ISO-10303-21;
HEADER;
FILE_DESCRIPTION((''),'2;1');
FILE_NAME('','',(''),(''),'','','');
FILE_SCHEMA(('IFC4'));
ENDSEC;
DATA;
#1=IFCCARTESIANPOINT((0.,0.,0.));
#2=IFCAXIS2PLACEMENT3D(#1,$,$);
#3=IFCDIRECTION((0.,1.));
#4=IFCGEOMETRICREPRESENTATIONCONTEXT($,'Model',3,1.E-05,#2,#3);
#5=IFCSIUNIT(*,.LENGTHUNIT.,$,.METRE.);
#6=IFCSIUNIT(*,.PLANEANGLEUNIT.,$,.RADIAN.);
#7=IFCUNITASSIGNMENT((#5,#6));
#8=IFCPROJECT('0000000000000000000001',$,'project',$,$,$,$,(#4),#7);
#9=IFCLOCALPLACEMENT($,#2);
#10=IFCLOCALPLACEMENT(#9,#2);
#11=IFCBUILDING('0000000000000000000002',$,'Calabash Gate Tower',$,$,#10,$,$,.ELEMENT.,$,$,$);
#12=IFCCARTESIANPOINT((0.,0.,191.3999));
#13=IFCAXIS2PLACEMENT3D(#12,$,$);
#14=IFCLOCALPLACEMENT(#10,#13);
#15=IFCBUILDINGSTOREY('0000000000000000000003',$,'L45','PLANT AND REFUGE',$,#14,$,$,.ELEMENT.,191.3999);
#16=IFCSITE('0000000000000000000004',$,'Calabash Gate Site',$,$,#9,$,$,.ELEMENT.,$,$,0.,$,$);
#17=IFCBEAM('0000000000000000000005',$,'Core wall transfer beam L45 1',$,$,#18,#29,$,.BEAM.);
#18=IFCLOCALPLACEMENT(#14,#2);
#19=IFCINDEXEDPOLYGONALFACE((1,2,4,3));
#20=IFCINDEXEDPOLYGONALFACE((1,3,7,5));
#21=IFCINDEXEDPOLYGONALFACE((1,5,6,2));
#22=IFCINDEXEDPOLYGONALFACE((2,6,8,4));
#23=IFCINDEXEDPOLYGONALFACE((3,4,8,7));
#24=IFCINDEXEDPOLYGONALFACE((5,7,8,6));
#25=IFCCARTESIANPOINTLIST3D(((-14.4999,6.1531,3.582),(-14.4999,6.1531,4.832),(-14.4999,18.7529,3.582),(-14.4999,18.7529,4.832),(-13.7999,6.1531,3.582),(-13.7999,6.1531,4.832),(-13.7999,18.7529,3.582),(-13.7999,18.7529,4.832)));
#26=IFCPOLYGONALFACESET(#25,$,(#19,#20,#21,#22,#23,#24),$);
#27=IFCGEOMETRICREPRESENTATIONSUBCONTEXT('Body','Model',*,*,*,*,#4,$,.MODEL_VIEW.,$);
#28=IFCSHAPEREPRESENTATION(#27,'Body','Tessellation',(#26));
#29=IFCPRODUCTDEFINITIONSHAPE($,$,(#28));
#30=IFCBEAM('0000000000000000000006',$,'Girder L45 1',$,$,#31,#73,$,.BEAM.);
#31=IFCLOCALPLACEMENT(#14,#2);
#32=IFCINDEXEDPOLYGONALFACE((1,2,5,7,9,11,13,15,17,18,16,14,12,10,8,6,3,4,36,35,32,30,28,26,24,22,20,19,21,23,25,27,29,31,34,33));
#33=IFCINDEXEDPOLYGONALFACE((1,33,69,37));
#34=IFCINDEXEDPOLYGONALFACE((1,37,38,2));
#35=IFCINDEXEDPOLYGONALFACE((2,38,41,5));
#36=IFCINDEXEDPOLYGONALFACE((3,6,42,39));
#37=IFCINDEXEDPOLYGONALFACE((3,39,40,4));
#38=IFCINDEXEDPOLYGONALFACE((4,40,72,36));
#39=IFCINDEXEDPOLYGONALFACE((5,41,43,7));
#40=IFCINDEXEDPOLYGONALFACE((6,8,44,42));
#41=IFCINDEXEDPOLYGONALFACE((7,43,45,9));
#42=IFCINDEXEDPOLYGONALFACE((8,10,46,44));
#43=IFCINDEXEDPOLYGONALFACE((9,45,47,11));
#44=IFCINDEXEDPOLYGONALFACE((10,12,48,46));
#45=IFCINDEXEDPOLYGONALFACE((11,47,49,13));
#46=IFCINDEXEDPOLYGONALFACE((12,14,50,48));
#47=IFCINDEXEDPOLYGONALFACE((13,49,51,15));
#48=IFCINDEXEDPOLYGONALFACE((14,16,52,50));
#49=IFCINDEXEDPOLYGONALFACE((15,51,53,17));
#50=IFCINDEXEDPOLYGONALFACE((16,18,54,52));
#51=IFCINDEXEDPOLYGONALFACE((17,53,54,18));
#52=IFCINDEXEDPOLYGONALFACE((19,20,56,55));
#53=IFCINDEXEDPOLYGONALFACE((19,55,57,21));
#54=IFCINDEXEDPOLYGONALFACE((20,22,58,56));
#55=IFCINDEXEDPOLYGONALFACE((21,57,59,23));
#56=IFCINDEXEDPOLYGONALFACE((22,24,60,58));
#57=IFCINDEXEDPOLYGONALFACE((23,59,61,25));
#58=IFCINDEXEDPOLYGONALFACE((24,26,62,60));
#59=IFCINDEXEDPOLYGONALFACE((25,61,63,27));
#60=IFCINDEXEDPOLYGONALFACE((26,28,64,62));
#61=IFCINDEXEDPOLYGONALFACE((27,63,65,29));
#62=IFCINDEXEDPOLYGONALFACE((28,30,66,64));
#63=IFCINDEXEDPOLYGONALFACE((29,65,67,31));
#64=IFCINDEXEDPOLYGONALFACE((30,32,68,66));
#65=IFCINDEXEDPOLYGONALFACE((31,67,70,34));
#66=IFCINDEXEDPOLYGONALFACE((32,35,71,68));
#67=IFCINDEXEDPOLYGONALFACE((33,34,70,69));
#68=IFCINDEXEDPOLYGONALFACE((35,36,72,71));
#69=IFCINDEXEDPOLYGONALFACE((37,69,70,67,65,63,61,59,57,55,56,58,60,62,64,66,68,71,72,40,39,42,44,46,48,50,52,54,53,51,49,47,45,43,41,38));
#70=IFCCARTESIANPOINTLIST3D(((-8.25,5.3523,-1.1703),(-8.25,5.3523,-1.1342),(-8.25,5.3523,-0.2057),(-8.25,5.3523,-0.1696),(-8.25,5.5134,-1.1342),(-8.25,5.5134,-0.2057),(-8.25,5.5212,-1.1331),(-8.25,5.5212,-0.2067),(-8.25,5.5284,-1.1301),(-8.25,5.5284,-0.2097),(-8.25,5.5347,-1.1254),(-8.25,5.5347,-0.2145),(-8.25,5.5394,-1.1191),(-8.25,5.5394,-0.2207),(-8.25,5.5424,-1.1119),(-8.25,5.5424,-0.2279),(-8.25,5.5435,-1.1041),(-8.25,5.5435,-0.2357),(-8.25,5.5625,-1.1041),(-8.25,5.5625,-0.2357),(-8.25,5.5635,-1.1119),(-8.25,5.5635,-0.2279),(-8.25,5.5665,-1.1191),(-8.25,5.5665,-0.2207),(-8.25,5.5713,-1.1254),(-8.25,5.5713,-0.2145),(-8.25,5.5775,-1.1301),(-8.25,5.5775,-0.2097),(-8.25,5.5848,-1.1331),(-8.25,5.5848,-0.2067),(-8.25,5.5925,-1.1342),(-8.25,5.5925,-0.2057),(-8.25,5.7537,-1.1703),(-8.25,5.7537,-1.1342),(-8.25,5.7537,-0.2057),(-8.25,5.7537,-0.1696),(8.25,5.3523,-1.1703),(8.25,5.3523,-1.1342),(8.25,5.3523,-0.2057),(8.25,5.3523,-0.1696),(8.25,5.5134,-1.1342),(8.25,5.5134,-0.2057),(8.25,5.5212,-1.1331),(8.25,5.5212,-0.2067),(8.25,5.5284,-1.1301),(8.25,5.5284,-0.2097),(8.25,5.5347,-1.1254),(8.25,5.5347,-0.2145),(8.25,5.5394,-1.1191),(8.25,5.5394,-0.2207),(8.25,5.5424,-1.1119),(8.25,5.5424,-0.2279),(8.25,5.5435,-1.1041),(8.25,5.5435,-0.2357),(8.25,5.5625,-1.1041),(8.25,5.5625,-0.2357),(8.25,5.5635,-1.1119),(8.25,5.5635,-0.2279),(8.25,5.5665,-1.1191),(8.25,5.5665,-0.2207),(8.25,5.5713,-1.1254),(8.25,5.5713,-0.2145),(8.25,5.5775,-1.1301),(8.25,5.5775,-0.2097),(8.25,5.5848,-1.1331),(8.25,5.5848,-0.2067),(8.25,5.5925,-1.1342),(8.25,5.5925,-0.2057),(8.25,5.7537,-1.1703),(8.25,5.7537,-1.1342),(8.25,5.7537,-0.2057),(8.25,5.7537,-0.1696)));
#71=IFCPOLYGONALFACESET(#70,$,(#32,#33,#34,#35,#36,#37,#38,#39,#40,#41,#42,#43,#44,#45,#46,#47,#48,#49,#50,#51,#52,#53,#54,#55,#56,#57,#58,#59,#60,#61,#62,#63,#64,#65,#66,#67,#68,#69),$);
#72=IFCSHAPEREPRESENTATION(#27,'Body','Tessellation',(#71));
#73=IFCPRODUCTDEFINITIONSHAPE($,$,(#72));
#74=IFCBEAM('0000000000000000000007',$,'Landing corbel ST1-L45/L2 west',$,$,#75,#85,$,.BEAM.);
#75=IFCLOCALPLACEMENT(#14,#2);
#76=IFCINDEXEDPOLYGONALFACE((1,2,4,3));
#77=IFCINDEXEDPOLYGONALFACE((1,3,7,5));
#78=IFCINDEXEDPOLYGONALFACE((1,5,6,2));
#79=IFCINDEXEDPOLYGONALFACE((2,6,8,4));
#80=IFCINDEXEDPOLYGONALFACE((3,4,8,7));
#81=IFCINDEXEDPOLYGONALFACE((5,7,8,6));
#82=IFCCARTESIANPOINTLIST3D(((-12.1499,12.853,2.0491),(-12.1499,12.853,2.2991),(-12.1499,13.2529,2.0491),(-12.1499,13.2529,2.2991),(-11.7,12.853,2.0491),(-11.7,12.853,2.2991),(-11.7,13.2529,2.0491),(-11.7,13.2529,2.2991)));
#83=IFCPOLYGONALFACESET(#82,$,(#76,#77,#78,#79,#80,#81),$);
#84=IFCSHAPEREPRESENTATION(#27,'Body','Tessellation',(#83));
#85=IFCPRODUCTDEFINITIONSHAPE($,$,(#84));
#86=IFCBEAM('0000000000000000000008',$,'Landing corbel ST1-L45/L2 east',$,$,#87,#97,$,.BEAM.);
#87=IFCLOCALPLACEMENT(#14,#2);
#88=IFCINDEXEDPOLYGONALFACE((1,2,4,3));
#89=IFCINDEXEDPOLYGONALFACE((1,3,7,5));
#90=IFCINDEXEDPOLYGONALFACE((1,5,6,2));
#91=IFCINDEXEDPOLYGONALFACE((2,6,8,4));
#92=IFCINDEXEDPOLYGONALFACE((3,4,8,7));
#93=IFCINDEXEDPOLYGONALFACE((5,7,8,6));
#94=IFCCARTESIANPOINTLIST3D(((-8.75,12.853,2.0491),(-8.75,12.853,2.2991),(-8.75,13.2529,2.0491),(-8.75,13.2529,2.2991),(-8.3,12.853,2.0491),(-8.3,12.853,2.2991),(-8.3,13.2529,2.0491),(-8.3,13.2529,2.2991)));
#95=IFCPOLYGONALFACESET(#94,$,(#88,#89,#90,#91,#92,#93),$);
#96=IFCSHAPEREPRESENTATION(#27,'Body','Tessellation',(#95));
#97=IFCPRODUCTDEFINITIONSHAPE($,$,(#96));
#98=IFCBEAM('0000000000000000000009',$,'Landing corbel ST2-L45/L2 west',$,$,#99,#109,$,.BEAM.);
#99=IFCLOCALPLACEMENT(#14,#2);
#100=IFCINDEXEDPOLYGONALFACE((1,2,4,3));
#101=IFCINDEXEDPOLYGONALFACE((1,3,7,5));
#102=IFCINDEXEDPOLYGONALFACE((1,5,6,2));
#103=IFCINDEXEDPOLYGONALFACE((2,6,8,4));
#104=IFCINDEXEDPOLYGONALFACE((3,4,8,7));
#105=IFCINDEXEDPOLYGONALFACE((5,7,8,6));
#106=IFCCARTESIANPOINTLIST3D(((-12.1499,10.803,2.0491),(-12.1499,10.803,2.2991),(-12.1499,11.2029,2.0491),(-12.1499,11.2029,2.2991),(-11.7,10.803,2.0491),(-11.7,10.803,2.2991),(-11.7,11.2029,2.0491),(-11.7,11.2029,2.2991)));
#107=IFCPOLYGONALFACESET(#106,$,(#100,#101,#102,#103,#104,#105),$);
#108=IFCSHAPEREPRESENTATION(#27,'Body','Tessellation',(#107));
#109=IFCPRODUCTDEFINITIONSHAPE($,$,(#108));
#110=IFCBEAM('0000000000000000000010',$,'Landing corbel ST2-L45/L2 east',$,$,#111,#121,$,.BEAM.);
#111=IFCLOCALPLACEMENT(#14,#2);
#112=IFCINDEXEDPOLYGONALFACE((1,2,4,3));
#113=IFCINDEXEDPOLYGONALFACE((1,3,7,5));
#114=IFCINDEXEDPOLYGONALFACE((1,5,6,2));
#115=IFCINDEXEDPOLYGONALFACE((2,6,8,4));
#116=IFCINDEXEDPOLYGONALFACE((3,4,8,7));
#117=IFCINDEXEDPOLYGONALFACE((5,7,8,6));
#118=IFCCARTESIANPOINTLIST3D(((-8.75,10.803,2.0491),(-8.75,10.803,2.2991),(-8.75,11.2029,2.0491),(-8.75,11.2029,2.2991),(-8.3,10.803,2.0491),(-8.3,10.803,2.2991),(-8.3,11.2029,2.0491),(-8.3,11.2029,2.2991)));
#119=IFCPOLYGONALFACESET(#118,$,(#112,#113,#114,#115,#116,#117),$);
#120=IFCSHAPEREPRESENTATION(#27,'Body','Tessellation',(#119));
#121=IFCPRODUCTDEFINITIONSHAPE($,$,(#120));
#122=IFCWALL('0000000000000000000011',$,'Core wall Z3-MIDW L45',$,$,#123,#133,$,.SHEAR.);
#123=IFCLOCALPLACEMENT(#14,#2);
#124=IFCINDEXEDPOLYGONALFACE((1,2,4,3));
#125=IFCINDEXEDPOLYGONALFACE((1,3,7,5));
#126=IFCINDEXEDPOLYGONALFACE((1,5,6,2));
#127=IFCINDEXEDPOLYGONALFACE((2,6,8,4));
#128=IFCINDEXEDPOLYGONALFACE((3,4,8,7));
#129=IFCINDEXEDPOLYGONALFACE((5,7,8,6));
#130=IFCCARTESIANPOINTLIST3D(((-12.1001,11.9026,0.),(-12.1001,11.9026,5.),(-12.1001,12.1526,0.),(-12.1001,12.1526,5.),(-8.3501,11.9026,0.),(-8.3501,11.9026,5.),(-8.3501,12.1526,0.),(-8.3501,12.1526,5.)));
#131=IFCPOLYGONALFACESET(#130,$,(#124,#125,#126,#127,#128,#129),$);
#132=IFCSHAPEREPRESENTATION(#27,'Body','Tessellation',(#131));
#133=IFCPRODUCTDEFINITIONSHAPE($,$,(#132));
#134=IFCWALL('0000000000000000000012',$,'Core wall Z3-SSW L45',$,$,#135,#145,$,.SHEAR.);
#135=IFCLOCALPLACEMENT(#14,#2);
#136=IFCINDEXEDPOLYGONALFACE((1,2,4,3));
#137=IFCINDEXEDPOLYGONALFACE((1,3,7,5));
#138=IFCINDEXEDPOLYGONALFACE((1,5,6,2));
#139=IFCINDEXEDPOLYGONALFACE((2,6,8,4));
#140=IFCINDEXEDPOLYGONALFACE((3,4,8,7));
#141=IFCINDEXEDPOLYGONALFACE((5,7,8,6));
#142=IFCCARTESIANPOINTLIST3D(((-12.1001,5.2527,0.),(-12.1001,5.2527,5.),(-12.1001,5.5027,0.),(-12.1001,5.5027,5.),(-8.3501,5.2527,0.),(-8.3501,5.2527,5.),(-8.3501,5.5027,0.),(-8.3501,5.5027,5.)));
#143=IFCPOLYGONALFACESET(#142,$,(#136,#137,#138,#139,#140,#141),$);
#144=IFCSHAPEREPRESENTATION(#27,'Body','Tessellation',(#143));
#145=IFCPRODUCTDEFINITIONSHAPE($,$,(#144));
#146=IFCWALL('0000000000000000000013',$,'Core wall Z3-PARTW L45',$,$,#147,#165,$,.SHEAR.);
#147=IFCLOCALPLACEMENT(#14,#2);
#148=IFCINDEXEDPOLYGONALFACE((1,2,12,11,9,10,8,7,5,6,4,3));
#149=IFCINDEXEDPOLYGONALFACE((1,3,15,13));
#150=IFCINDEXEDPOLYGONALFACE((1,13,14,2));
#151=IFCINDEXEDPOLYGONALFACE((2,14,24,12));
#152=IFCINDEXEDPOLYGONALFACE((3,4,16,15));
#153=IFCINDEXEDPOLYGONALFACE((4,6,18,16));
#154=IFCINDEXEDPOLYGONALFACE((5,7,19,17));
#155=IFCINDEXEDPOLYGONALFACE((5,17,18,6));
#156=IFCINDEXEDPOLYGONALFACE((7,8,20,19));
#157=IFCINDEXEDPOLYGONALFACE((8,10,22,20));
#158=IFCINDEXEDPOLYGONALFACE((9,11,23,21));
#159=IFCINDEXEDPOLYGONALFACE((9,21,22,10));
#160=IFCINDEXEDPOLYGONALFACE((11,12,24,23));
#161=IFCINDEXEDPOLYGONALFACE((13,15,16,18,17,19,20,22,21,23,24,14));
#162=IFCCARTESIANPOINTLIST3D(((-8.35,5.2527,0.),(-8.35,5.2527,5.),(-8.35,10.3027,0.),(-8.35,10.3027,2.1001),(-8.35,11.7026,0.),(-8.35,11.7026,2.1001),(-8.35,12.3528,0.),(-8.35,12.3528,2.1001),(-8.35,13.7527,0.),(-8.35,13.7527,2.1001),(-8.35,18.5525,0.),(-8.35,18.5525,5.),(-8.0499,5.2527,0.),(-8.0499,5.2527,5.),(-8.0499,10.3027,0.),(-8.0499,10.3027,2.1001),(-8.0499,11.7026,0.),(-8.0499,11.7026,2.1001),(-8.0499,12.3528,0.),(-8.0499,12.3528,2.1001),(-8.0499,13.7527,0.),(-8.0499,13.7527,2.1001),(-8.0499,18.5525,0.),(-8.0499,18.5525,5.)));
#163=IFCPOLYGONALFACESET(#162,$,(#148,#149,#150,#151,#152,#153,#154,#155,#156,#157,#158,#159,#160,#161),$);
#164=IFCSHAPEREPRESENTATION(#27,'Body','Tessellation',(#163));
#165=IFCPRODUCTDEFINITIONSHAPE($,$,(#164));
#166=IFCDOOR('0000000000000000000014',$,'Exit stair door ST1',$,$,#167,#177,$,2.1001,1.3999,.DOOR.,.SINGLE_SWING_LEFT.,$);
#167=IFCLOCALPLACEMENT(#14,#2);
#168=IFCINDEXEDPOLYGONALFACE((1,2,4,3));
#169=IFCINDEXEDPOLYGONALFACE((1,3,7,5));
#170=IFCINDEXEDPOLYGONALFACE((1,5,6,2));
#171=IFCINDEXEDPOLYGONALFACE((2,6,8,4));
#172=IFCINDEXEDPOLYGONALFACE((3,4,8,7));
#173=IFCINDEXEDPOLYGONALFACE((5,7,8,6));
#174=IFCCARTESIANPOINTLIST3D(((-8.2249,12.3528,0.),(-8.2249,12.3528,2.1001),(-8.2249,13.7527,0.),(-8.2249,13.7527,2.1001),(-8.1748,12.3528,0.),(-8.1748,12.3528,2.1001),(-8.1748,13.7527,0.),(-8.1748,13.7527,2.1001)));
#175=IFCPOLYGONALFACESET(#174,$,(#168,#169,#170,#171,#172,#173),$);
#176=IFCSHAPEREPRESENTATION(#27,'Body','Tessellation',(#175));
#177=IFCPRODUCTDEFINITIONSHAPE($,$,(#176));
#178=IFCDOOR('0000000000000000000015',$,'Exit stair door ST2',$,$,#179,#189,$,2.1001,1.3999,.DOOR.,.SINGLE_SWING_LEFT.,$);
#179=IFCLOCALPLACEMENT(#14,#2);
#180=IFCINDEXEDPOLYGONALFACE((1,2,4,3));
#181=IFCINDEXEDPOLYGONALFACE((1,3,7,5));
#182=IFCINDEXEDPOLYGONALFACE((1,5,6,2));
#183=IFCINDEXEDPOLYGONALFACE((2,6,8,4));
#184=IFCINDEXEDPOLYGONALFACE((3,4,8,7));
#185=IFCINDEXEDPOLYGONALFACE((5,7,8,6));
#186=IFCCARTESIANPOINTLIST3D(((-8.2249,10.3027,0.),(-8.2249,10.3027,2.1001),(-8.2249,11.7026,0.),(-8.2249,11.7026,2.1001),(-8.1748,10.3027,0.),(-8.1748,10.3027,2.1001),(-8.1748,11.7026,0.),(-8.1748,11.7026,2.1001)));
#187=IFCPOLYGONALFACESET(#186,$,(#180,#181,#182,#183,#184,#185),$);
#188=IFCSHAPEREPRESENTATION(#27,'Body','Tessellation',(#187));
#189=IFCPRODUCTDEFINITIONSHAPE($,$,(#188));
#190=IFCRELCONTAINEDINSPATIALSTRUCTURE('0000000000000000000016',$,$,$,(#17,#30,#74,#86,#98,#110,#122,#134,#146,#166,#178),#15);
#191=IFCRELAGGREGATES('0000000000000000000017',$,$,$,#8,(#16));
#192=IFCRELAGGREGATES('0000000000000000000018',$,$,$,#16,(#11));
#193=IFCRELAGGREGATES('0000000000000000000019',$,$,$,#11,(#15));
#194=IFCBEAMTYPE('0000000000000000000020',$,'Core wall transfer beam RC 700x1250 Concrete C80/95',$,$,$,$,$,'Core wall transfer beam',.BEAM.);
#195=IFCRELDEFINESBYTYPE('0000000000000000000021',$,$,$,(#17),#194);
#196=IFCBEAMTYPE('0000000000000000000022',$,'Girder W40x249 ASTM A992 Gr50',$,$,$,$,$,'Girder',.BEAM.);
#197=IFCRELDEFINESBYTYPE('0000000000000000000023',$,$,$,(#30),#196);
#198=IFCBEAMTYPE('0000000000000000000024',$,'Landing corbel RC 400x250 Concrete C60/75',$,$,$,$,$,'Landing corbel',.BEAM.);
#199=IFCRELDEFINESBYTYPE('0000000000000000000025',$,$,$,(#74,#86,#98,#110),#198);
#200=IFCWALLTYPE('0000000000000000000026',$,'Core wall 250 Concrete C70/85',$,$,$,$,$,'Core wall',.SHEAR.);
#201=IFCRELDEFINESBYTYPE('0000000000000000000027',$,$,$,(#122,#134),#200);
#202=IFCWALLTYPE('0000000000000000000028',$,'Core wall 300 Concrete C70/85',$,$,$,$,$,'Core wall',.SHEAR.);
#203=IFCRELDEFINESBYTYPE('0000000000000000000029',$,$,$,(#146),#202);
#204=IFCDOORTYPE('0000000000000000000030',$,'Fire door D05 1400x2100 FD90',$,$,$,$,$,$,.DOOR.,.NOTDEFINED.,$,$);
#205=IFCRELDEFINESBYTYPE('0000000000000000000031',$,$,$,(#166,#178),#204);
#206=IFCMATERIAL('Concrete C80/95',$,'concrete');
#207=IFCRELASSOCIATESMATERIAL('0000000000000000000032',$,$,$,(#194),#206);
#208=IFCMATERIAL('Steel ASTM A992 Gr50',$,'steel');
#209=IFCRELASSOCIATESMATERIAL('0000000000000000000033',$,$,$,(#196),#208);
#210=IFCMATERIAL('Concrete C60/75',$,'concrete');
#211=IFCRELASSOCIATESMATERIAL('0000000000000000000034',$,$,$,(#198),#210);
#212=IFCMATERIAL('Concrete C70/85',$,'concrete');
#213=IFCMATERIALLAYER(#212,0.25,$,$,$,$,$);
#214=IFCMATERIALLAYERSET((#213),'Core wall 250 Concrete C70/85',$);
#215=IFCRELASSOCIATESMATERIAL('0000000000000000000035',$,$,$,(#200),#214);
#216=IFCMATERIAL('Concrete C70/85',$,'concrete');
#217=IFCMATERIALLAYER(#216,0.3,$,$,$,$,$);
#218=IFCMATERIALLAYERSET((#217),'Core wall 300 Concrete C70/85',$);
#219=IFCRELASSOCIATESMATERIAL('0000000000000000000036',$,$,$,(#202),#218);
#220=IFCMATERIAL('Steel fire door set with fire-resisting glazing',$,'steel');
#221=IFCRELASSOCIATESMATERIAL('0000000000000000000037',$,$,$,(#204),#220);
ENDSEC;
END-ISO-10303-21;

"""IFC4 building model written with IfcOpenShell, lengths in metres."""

from ifc_helpers import new_model, si_unit, direction, frame, frame_2d, origin, origin_2d, place, context, subcontext, project, spatial, rectangle, i_section, extrude, material, layer, layer_set, material_profile, profile_set, type_object, element, fill, save


model = new_model("IFC4")

# Units and contexts
model_context = context("Model", 3, precision=1e-05, world=origin(), true_north=direction((0.0, 1.0)))
body_context = subcontext(model_context, "Body", "Model", "MODEL_VIEW")
ifc_project = project(units=[si_unit("LENGTHUNIT", "METRE"), si_unit("PLANEANGLEUNIT", "RADIAN")], contexts=[model_context])

# Site, building, storey
site_placement = place(None, origin())
site = spatial("IfcSite", under=ifc_project, at=site_placement, Name="Calabash Gate Site", CompositionType="ELEMENT", RefElevation=0.0)
building_placement = place(site_placement, origin())
building = spatial("IfcBuilding", under=site, at=building_placement, Name="Calabash Gate Tower", CompositionType="ELEMENT")
storey_placement = place(building_placement, frame((0.0, 0.0, 191.3999)))
storey = spatial("IfcBuildingStorey", under=building, at=storey_placement, Name="L45", Description="PLANT AND REFUGE", CompositionType="ELEMENT", Elevation=191.3999)

# Beams
ifc_material_1 = material(Name="Concrete C80/95", Category="concrete")
ifc_material_profile_1 = material_profile(ifc_material_1, rectangle(XDim=0.7, YDim=1.25, at=origin_2d()))
ifc_profile_set_1 = profile_set([ifc_material_profile_1], Name="Concrete C80/95")
beam_type_1 = type_object("IfcBeamType", Name="Core wall transfer beam RC 700x1250 Concrete C80/95", ElementType="Core wall transfer beam", PredefinedType="BEAM", material=ifc_profile_set_1)
beam_1_placement = place(storey_placement, frame((-14.1499, 6.1531, 4.207), z_axis=(0.0, 1.0, 0.0), x_axis=(-1.0, 0.0, 0.0)))
element("IfcBeam", 1, at=beam_1_placement, inside=storey, type_object=beam_type_1, Name="Core wall transfer beam L45 1", PredefinedType="BEAM", context=body_context, shape_type="SweptSolid", body=[
    extrude(rectangle(XDim=0.7, YDim=1.25, at=origin_2d()), origin(), (0.0, 0.0, 1.0), 12.5999),
])
ifc_material_2 = material(Name="Steel ASTM A992 Gr50", Category="steel")
ifc_material_profile_2 = material_profile(ifc_material_2, i_section(OverallWidth=0.4014, OverallDepth=1.0007, WebThickness=0.019, FlangeThickness=0.0361, FilletRadius=0.03, at=origin_2d()))
ifc_profile_set_2 = profile_set([ifc_material_profile_2], Name="Steel ASTM A992 Gr50")
beam_type_2 = type_object("IfcBeamType", Name="Girder W40x249 ASTM A992 Gr50", ElementType="Girder", PredefinedType="BEAM", material=ifc_profile_set_2)
beam_2_placement = place(storey_placement, frame((-8.25, 5.553, -0.6699), z_axis=(1.0, 0.0, 0.0), x_axis=(0.0, 1.0, 0.0)))
element("IfcBeam", 2, at=beam_2_placement, inside=storey, type_object=beam_type_2, Name="Girder L45 1", PredefinedType="BEAM", context=body_context, shape_type="SweptSolid", body=[
    extrude(i_section(OverallWidth=0.4014, OverallDepth=1.0007, WebThickness=0.019, FlangeThickness=0.0361, FilletRadius=0.03, at=origin_2d()), origin(), (0.0, 0.0, 1.0), 16.5),
])
ifc_material_3 = material(Name="Concrete C60/75", Category="concrete")
ifc_material_profile_3 = material_profile(ifc_material_3, rectangle(XDim=0.3999, YDim=0.25, at=origin_2d()))
ifc_profile_set_3 = profile_set([ifc_material_profile_3], Name="Concrete C60/75")
beam_type_3 = type_object("IfcBeamType", Name="Landing corbel RC 400x250 Concrete C60/75", ElementType="Landing corbel", PredefinedType="BEAM", material=ifc_profile_set_3)
for number, where, z_axis, x_axis, name in (
    (3, (-12.1499, 13.053, 2.1741), (1.0, 0.0, 0.0), (0.0, 1.0, 0.0), "Landing corbel ST1-L45/L2 west"),
    (4, (-8.3, 13.053, 2.1741), (-1.0, 0.0, 0.0), (0.0, -1.0, 0.0), "Landing corbel ST1-L45/L2 east"),
    (5, (-12.1499, 11.0029, 2.1741), (1.0, 0.0, 0.0), (0.0, 1.0, 0.0), "Landing corbel ST2-L45/L2 west"),
    (6, (-8.3, 11.0029, 2.1741), (-1.0, 0.0, 0.0), (0.0, -1.0, 0.0), "Landing corbel ST2-L45/L2 east"),
):
    element("IfcBeam", number, at=place(storey_placement, frame(where, z_axis=z_axis, x_axis=x_axis)), inside=storey, type_object=beam_type_3, Name=name, PredefinedType="BEAM", context=body_context, shape_type="SweptSolid", body=[
        extrude(rectangle(XDim=0.3999, YDim=0.25, at=origin_2d()), origin(), (0.0, 0.0, 1.0), 0.45),
    ])

# Walls
ifc_material_4 = material(Name="Concrete C70/85", Category="concrete")
ifc_layer_1 = layer(ifc_material_4, 0.25)
ifc_layer_set_1 = layer_set([ifc_layer_1], Name="Core wall 250 Concrete C70/85")
wall_type_1 = type_object("IfcWallType", Name="Core wall 250 Concrete C70/85", ElementType="Core wall", PredefinedType="SHEAR", material=ifc_layer_set_1)
for number, where, z_axis, x_axis, name in (
    (7, (-12.1001, 12.0276, 0.0), (0.0, 0.0, 1.0), (1.0, 0.0, 0.0), "Core wall Z3-MIDW L45"),
    (8, (-12.1001, 5.3777, 0.0), (0.0, 0.0, 1.0), (1.0, 0.0, 0.0), "Core wall Z3-SSW L45"),
):
    element("IfcWall", number, at=place(storey_placement, frame(where, z_axis=z_axis, x_axis=x_axis)), inside=storey, type_object=wall_type_1, Name=name, PredefinedType="SHEAR", context=body_context, shape_type="SweptSolid", body=[
        extrude(rectangle(XDim=3.75, YDim=0.25, at=frame_2d((1.875, 0.0))), origin(), (0.0, 0.0, 1.0), 5.0),
    ])

# Wall, openings, doors
ifc_material_5 = material(Name="Concrete C70/85", Category="concrete")
ifc_layer_2 = layer(ifc_material_5, 0.3)
ifc_layer_set_2 = layer_set([ifc_layer_2], Name="Core wall 300 Concrete C70/85")
wall_type_2 = type_object("IfcWallType", Name="Core wall 300 Concrete C70/85", ElementType="Core wall", PredefinedType="SHEAR", material=ifc_layer_set_2)
wall_1_placement = place(storey_placement, frame((-8.2, 5.2527, 0.0), z_axis=(0.0, 0.0, 1.0), x_axis=(0.0, 1.0, 0.0)))
wall_1 = element("IfcWall", 9, at=wall_1_placement, inside=storey, type_object=wall_type_2, Name="Core wall Z3-PARTW L45", PredefinedType="SHEAR", context=body_context, shape_type="SweptSolid", body=[
    extrude(rectangle(XDim=13.2998, YDim=0.3, at=frame_2d((6.6499, 0.0))), origin(), (0.0, 0.0, 1.0), 5.0),
])
opening_1_placement = place(wall_1_placement, frame((7.1001, 0.0, 0.0)))
opening_1 = element("IfcOpeningElement", 10, at=opening_1_placement, cuts=wall_1, PredefinedType="OPENING", context=body_context, shape_type="SweptSolid", body=[
    extrude(rectangle(XDim=1.3999, YDim=2.1001, at=frame_2d((0.7, 1.05))), frame((0.0, 0.1599, 0.0), z_axis=(0.0, -1.0, 0.0), x_axis=(1.0, 0.0, 0.0)), (0.0, 0.0, 1.0), 0.3201),
])
opening_2_placement = place(wall_1_placement, frame((5.05, 0.0, 0.0)))
opening_2 = element("IfcOpeningElement", 11, at=opening_2_placement, cuts=wall_1, PredefinedType="OPENING", context=body_context, shape_type="SweptSolid", body=[
    extrude(rectangle(XDim=1.3999, YDim=2.1001, at=frame_2d((0.7, 1.05))), frame((0.0, 0.1599, 0.0), z_axis=(0.0, -1.0, 0.0), x_axis=(1.0, 0.0, 0.0)), (0.0, 0.0, 1.0), 0.3201),
])
ifc_material_6 = material(Name="Steel fire door set with fire-resisting glazing", Category="steel")
door_type_1 = type_object("IfcDoorType", Name="Fire door D05 1400x2100 FD90", OperationType="NOTDEFINED", PredefinedType="DOOR", material=ifc_material_6)
door_1_placement = place(opening_1_placement, origin())
door_1 = element("IfcDoor", 12, at=door_1_placement, inside=storey, type_object=door_type_1, Name="Exit stair door ST1", OperationType="SINGLE_SWING_LEFT", OverallHeight=2.1001, OverallWidth=1.3999, PredefinedType="DOOR", context=body_context, shape_type="SweptSolid", body=[
    extrude(rectangle(XDim=1.3999, YDim=2.1001, at=frame_2d((0.7, 1.05))), frame((0.0, 0.0249, 0.0), z_axis=(0.0, -1.0, 0.0), x_axis=(1.0, 0.0, 0.0)), (0.0, 0.0, 1.0), 0.05),
])
fill(opening_1, door_1)
door_2_placement = place(opening_2_placement, origin())
door_2 = element("IfcDoor", 13, at=door_2_placement, inside=storey, type_object=door_type_1, Name="Exit stair door ST2", OperationType="SINGLE_SWING_LEFT", OverallHeight=2.1001, OverallWidth=1.3999, PredefinedType="DOOR", context=body_context, shape_type="SweptSolid", body=[
    extrude(rectangle(XDim=1.3999, YDim=2.1001, at=frame_2d((0.7, 1.05))), frame((0.0, 0.0249, 0.0), z_axis=(0.0, -1.0, 0.0), x_axis=(1.0, 0.0, 0.0)), (0.0, 0.0, 1.0), 0.05),
])
fill(opening_2, door_2)

save(model, "model.ifc")
